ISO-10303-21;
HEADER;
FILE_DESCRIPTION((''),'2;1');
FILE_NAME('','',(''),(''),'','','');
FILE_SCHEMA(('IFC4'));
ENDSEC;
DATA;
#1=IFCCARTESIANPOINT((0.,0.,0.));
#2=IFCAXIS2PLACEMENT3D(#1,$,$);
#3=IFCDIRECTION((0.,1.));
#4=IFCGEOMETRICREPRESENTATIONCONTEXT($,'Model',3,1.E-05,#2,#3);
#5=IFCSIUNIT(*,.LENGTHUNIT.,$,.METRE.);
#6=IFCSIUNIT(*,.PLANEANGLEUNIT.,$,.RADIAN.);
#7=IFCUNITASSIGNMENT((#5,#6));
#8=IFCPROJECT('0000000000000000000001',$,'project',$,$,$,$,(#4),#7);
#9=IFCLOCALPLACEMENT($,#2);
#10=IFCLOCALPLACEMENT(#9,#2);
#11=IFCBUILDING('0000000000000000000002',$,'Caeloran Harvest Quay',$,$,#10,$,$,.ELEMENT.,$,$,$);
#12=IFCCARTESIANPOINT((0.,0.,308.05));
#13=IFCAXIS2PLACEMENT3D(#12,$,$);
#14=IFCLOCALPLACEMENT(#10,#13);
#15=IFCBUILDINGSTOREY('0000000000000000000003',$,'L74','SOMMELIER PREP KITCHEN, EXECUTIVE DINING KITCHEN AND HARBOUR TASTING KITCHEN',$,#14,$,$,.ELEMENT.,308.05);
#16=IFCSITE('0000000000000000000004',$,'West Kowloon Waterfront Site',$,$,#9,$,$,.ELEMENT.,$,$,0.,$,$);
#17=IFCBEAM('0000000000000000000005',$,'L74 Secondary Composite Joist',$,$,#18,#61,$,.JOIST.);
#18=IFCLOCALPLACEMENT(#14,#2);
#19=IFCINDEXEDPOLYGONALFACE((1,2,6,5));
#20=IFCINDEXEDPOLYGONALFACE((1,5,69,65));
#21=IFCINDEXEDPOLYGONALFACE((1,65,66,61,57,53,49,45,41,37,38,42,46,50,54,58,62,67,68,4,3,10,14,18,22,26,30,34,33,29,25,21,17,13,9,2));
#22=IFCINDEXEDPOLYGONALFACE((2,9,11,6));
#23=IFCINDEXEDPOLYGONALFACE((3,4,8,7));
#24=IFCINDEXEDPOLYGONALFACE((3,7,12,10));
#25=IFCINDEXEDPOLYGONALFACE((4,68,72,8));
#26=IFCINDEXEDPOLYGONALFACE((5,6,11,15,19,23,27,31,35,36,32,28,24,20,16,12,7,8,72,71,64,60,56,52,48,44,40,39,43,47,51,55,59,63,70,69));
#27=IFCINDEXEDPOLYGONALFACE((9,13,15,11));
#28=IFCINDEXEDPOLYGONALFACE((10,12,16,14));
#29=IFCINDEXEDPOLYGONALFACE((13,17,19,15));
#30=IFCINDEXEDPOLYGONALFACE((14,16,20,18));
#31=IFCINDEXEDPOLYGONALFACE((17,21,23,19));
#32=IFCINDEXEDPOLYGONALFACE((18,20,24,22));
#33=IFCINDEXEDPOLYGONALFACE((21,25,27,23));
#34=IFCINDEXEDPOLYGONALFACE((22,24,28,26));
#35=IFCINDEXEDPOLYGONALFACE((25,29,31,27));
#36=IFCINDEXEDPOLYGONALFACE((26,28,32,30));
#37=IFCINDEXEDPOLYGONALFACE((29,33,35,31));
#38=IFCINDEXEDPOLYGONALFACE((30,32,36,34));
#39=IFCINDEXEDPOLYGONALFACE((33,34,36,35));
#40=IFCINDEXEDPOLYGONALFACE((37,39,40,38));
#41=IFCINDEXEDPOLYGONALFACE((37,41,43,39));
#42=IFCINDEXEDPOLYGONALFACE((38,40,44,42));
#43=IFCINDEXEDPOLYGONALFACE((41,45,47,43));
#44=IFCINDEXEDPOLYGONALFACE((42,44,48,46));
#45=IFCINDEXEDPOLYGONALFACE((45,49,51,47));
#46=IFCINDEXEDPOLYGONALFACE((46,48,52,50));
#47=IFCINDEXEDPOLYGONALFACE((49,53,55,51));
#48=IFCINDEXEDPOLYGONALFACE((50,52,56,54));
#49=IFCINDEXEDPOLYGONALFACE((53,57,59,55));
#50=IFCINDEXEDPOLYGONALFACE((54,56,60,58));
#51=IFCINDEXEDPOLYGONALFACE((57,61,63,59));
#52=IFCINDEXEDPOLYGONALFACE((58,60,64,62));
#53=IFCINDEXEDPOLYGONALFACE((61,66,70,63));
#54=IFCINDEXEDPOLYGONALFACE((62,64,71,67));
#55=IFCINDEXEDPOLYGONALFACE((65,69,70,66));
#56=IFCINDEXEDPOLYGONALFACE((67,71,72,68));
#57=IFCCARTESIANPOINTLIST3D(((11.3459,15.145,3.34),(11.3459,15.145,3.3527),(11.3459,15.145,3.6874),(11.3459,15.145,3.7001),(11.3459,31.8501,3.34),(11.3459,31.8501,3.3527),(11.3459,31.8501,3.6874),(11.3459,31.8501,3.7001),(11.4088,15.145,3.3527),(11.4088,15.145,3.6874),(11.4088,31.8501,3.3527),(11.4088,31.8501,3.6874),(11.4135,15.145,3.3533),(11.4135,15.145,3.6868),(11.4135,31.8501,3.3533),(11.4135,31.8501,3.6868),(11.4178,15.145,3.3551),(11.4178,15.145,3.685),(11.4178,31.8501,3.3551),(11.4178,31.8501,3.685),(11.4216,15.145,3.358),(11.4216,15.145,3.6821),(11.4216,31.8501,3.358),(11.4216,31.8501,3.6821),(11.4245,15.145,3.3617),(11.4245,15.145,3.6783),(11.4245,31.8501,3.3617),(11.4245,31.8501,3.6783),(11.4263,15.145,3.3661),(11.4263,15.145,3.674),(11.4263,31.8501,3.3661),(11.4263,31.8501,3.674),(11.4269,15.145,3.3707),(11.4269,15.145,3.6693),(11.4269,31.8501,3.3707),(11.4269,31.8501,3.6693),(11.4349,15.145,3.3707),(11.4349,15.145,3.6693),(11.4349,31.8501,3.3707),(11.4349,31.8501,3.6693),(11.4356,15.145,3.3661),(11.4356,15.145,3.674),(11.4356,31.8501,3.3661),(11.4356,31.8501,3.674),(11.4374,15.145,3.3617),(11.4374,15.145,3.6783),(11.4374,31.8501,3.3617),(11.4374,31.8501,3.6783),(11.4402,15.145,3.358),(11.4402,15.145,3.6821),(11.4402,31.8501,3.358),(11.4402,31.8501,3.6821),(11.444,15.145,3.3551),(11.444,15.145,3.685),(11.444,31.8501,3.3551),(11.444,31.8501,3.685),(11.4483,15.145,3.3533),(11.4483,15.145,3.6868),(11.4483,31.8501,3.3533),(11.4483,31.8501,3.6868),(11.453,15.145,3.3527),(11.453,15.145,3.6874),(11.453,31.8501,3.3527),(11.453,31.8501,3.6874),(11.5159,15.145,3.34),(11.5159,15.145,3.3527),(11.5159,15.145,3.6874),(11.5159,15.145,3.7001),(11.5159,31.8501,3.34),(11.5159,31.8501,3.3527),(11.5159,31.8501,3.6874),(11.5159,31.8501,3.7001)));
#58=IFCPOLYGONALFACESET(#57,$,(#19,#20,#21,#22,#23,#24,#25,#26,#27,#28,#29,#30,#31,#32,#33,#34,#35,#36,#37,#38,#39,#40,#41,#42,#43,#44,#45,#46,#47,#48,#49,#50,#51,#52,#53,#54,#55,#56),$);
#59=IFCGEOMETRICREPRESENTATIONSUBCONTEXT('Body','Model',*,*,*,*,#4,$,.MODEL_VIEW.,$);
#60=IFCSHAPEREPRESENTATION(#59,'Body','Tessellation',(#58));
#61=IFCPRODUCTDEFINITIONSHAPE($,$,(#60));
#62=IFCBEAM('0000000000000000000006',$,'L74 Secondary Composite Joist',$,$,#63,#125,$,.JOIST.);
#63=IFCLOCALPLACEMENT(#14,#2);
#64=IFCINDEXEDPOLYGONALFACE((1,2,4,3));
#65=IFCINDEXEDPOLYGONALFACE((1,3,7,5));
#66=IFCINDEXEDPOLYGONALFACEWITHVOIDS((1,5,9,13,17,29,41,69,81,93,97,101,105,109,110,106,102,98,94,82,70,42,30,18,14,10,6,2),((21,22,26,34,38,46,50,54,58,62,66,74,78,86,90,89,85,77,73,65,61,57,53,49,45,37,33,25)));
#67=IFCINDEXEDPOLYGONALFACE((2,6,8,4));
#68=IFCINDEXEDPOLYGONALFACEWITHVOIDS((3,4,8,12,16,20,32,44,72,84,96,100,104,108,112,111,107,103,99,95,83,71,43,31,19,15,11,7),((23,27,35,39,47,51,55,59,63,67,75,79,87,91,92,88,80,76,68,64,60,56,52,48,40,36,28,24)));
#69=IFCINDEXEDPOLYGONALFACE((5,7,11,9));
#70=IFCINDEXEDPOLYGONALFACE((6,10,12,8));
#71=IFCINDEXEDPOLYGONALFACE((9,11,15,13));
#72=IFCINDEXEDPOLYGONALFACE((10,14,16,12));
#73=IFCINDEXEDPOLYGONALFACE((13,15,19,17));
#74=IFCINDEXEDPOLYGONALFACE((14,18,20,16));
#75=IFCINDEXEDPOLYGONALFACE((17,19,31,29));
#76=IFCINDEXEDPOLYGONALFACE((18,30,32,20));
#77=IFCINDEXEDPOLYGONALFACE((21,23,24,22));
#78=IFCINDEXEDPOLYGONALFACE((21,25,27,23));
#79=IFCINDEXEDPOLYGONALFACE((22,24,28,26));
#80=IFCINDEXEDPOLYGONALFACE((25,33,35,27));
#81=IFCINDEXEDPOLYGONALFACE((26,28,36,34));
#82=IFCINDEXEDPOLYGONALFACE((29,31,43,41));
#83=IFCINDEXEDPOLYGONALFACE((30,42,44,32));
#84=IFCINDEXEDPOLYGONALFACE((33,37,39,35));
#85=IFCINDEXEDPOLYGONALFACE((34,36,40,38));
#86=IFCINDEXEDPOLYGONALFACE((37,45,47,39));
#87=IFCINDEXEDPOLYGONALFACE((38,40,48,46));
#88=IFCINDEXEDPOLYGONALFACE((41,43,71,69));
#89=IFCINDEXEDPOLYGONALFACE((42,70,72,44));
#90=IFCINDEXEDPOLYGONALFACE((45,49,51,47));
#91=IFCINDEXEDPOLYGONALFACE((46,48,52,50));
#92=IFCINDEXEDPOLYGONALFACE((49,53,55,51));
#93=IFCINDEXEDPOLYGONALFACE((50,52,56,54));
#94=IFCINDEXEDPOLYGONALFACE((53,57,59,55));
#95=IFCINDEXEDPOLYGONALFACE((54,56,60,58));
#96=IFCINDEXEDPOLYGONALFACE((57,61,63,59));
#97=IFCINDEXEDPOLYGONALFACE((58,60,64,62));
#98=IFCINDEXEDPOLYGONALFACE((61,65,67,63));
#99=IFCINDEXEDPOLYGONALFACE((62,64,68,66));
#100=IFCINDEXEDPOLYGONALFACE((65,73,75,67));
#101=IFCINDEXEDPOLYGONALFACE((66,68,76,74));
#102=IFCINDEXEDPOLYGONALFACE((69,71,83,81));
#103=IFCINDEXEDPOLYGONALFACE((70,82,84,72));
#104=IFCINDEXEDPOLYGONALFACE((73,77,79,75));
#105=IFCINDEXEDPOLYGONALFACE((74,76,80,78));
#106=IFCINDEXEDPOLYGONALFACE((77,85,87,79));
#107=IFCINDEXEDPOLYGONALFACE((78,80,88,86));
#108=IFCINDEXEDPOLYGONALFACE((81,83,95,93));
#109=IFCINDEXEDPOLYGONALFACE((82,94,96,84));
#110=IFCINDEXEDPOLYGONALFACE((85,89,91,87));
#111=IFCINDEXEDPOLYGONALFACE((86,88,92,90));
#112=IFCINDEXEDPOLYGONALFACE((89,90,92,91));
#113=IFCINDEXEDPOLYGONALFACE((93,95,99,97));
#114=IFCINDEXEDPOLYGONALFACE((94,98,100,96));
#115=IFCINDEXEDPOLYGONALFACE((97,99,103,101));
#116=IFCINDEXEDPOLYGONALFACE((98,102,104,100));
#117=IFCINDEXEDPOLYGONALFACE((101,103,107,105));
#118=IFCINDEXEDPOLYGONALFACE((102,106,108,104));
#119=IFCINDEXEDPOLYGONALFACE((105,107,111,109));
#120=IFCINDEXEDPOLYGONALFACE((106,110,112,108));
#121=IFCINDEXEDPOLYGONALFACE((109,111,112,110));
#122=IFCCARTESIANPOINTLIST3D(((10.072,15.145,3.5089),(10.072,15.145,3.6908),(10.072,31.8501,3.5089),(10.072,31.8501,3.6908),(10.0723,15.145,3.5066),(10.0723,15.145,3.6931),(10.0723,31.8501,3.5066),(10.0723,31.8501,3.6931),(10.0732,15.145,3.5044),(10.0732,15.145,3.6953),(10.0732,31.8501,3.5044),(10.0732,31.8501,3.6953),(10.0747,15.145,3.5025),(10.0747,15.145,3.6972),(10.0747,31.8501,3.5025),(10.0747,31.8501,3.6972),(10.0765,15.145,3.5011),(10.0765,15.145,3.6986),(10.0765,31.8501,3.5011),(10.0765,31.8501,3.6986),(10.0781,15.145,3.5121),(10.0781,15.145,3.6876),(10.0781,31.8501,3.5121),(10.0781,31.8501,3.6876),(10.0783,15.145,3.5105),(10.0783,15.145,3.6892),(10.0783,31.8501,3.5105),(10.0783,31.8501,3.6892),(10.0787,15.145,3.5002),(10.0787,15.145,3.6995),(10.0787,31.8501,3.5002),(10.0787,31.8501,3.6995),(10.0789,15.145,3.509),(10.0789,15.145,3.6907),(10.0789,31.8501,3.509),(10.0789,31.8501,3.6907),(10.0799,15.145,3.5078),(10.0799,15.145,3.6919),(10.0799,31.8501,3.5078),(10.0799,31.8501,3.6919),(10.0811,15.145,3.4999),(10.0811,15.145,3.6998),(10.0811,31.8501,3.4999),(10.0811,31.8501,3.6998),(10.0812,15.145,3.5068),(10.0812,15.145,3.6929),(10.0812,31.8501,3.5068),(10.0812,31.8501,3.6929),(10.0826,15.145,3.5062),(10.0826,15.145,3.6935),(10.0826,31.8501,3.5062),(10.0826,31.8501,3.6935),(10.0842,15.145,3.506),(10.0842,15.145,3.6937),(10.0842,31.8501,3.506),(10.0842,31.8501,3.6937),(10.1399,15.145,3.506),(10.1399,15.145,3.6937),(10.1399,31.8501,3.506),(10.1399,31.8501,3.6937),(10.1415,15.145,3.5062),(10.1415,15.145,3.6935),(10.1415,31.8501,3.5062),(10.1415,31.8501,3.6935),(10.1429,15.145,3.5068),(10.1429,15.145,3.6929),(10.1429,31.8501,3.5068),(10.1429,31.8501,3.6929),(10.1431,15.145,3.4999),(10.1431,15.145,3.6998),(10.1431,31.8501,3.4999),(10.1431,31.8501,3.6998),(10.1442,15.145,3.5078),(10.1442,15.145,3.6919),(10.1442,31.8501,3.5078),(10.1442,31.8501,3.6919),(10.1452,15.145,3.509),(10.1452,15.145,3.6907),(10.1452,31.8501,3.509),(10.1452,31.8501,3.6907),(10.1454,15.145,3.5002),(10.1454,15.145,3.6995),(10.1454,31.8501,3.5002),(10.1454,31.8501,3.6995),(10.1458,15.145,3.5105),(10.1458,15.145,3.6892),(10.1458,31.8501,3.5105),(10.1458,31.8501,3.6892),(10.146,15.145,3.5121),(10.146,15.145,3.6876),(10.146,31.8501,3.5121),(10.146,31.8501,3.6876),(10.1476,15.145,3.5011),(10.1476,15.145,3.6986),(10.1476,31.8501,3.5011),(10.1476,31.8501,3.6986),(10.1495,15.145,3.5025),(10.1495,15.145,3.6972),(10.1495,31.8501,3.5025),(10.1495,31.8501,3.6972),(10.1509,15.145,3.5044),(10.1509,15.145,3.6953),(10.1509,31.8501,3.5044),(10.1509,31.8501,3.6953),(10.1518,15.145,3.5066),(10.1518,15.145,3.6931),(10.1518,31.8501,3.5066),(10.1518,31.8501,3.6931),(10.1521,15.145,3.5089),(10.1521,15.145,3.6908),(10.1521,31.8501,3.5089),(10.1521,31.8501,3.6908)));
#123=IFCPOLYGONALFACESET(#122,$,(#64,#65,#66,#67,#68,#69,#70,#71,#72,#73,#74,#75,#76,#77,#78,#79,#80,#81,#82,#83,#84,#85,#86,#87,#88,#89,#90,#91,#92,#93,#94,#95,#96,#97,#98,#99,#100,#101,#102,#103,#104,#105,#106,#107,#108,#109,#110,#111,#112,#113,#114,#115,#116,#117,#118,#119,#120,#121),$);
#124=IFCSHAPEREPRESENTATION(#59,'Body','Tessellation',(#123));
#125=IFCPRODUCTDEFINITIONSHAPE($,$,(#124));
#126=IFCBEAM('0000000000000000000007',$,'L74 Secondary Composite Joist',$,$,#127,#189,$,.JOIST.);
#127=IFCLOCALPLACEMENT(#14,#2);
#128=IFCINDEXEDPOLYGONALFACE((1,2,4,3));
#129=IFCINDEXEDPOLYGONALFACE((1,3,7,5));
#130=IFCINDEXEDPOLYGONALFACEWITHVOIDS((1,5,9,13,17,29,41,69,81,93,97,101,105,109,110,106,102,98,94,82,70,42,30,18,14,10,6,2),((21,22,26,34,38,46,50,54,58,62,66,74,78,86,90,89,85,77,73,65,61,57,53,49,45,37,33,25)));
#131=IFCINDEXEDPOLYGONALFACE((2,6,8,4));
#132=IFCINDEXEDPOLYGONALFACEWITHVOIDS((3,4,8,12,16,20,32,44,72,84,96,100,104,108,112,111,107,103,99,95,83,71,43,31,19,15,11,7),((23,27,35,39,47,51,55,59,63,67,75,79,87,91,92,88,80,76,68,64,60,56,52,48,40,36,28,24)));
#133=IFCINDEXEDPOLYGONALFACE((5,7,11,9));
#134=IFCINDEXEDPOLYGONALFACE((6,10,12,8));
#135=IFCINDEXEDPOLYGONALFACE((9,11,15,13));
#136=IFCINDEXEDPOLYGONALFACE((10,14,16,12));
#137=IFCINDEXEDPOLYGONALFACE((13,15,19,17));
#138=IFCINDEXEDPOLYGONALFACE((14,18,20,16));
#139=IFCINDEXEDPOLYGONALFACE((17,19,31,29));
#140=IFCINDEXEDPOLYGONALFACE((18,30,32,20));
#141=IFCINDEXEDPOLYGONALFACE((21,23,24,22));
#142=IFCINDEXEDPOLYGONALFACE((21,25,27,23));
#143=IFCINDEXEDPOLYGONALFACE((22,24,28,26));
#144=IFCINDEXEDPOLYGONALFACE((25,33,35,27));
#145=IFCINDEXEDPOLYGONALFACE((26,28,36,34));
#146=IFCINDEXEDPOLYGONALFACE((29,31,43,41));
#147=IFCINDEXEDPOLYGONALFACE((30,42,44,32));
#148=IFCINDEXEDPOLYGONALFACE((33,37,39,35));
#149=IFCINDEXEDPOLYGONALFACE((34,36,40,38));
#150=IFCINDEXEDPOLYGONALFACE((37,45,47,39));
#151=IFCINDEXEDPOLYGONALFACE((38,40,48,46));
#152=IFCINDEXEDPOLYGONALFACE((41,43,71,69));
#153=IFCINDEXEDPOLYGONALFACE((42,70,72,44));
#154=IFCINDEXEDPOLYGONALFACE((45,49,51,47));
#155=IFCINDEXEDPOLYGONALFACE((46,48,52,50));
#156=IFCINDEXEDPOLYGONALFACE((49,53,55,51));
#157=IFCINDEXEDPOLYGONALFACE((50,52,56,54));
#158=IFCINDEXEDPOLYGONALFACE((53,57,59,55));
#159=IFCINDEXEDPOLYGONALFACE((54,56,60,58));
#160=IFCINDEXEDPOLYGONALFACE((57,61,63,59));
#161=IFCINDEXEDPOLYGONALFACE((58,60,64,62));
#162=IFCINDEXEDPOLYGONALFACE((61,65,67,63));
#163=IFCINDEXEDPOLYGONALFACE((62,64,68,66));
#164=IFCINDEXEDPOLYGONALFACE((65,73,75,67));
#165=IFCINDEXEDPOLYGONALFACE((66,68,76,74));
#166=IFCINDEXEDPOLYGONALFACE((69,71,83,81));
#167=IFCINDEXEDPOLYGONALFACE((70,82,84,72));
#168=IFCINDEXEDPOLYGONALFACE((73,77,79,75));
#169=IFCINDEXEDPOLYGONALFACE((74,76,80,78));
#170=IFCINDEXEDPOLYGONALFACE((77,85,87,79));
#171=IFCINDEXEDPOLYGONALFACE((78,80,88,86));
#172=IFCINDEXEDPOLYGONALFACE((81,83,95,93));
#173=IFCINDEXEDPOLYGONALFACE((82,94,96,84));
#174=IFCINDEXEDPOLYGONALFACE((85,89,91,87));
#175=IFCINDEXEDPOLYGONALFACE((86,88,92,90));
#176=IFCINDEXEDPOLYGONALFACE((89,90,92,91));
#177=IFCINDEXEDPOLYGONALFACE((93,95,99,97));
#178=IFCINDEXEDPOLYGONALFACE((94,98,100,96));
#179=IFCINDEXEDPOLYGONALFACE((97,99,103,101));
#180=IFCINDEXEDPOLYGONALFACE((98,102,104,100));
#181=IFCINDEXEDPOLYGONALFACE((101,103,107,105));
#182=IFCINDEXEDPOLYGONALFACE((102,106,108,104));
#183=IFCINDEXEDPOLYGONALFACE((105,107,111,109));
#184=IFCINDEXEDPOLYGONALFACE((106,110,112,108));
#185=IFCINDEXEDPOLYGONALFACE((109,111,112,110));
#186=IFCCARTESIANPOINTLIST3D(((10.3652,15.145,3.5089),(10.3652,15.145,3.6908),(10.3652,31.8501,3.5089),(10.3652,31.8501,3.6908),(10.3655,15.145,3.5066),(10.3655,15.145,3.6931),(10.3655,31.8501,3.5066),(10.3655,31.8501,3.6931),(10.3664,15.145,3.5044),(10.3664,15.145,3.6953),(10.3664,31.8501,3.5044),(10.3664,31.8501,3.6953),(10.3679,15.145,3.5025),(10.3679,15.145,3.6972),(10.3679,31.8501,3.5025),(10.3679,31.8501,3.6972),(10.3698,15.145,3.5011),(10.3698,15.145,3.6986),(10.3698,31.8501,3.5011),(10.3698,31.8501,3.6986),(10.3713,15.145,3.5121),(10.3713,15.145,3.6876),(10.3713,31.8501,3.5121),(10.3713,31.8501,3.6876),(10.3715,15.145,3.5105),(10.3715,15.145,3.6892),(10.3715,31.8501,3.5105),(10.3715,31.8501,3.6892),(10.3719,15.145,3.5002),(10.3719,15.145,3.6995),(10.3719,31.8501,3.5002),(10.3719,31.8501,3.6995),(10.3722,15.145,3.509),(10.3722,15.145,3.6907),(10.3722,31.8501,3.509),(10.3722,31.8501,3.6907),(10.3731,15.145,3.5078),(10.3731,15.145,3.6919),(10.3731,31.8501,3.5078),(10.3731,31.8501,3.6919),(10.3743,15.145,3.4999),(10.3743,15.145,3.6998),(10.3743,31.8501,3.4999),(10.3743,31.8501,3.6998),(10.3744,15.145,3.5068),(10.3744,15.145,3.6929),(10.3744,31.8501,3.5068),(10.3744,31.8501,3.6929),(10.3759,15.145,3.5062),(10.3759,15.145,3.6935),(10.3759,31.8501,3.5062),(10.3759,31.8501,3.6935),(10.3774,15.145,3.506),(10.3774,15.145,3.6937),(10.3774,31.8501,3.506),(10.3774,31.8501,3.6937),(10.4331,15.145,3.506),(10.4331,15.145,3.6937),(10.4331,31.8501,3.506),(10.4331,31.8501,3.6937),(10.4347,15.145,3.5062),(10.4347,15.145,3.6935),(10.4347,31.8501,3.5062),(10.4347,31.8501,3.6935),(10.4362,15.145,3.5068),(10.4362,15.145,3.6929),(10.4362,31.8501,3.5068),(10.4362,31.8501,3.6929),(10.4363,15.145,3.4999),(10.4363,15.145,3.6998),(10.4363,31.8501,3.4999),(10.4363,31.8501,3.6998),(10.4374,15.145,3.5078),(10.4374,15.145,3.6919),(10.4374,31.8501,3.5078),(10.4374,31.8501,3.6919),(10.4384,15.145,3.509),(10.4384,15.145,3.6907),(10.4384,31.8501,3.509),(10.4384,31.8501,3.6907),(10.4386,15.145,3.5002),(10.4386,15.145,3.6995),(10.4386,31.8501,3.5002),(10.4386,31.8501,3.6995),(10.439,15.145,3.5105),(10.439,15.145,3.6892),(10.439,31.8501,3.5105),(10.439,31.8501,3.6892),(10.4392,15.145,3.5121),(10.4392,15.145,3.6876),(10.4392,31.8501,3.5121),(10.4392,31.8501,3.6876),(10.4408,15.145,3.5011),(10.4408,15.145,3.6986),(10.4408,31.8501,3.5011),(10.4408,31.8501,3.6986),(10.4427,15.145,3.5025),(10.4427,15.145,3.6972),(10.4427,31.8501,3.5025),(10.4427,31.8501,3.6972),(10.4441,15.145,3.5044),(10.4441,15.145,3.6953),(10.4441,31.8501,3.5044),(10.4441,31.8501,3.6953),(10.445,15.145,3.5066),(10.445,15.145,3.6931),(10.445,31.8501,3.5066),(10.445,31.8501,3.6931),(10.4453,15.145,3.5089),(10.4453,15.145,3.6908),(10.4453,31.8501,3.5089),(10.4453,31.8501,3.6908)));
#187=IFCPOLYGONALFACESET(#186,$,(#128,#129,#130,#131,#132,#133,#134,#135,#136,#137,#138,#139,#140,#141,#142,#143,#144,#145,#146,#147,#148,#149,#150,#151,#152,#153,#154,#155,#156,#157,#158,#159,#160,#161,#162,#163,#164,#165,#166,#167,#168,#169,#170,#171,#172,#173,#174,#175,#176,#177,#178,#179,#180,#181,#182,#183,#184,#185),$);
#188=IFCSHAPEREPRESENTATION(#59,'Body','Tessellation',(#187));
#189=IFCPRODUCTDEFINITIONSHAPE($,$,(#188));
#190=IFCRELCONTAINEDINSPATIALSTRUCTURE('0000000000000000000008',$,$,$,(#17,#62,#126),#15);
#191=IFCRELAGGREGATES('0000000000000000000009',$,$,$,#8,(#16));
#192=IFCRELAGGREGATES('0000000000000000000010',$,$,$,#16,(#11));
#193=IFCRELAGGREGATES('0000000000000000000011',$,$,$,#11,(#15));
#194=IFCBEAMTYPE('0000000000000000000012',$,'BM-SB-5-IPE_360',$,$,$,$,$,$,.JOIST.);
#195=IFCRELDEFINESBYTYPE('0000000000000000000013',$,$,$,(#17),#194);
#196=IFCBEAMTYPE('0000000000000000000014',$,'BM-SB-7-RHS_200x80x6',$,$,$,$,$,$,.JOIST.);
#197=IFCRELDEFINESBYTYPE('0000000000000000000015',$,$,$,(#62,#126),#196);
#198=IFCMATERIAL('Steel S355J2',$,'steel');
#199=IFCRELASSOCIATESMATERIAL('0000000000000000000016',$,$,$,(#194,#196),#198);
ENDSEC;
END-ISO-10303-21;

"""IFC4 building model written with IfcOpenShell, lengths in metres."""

from ifc_helpers import new_model, si_unit, direction, frame, origin, origin_2d, place, context, subcontext, project, spatial, hollow_rectangle, i_section, extrude, material, material_profile, profile_set, type_object, element, save


model = new_model("IFC4")

# Units and contexts
model_context = context("Model", 3, precision=1e-05, world=origin(), true_north=direction((0.0, 1.0)))
body_context = subcontext(model_context, "Body", "Model", "MODEL_VIEW")
ifc_project = project(units=[si_unit("LENGTHUNIT", "METRE"), si_unit("PLANEANGLEUNIT", "RADIAN")], contexts=[model_context])

# Site, building, storey
site_placement = place(None, origin())
site = spatial("IfcSite", under=ifc_project, at=site_placement, Name="West Kowloon Waterfront Site", CompositionType="ELEMENT", RefElevation=0.0)
building_placement = place(site_placement, origin())
building = spatial("IfcBuilding", under=site, at=building_placement, Name="Caeloran Harvest Quay", CompositionType="ELEMENT")
storey_placement = place(building_placement, frame((0.0, 0.0, 308.05)))
storey = spatial("IfcBuildingStorey", under=building, at=storey_placement, Name="L74", Description="SOMMELIER PREP KITCHEN, EXECUTIVE DINING KITCHEN AND HARBOUR TASTING KITCHEN", CompositionType="ELEMENT", Elevation=308.05)

# Beams
ifc_material_1 = material(Name="Steel S355J2", Category="steel")
ifc_material_profile_1 = material_profile(ifc_material_1, i_section(OverallWidth=0.1699, OverallDepth=0.3601, WebThickness=0.0081, FlangeThickness=0.0127, FilletRadius=0.0181, at=origin_2d()), Name="IPE 360")
ifc_profile_set_1 = profile_set([ifc_material_profile_1], Name="Steel S355J2")
beam_type_1 = type_object("IfcBeamType", Name="BM-SB-5-IPE_360", PredefinedType="JOIST", material=ifc_profile_set_1)
for number, where, z_axis, x_axis, name in (
    (1, (11.4309, 15.145, 3.52), (0.0, 1.0, 0.0), (-1.0, 0.0, 0.0), "L74 Secondary Composite Joist"),
):
    element("IfcBeam", number, at=place(storey_placement, frame(where, z_axis=z_axis, x_axis=x_axis)), inside=storey, type_object=beam_type_1, Name=name, PredefinedType="JOIST", context=body_context, shape_type="SweptSolid", body=[
        extrude(i_section(OverallWidth=0.1699, OverallDepth=0.3601, WebThickness=0.0081, FlangeThickness=0.0127, FilletRadius=0.0181, at=origin_2d()), origin(), (0.0, 0.0, 1.0), 16.7051),
    ])
ifc_material_profile_2 = material_profile(ifc_material_1, hollow_rectangle(XDim=0.0801, YDim=0.2, WallThickness=0.0061, InnerFilletRadius=0.0061, OuterFilletRadius=0.009, at=origin_2d()), Name="RHS 200x80x6")
ifc_profile_set_2 = profile_set([ifc_material_profile_2], Name="Steel S355J2")
beam_type_2 = type_object("IfcBeamType", Name="BM-SB-7-RHS_200x80x6", PredefinedType="JOIST", material=ifc_profile_set_2)
for number, where, z_axis, x_axis, name in (
    (2, (10.1121, 15.145, 3.5999), (0.0, 1.0, 0.0), (-1.0, 0.0, 0.0), "L74 Secondary Composite Joist"),
    (3, (10.4053, 15.145, 3.5999), (0.0, 1.0, 0.0), (-1.0, 0.0, 0.0), "L74 Secondary Composite Joist"),
):
    element("IfcBeam", number, at=place(storey_placement, frame(where, z_axis=z_axis, x_axis=x_axis)), inside=storey, type_object=beam_type_2, Name=name, PredefinedType="JOIST", context=body_context, shape_type="SweptSolid", body=[
        extrude(hollow_rectangle(XDim=0.0801, YDim=0.2, WallThickness=0.0061, InnerFilletRadius=0.0061, OuterFilletRadius=0.009, at=origin_2d()), origin(), (0.0, 0.0, 1.0), 16.7051),
    ])

save(model, "model.ifc")
